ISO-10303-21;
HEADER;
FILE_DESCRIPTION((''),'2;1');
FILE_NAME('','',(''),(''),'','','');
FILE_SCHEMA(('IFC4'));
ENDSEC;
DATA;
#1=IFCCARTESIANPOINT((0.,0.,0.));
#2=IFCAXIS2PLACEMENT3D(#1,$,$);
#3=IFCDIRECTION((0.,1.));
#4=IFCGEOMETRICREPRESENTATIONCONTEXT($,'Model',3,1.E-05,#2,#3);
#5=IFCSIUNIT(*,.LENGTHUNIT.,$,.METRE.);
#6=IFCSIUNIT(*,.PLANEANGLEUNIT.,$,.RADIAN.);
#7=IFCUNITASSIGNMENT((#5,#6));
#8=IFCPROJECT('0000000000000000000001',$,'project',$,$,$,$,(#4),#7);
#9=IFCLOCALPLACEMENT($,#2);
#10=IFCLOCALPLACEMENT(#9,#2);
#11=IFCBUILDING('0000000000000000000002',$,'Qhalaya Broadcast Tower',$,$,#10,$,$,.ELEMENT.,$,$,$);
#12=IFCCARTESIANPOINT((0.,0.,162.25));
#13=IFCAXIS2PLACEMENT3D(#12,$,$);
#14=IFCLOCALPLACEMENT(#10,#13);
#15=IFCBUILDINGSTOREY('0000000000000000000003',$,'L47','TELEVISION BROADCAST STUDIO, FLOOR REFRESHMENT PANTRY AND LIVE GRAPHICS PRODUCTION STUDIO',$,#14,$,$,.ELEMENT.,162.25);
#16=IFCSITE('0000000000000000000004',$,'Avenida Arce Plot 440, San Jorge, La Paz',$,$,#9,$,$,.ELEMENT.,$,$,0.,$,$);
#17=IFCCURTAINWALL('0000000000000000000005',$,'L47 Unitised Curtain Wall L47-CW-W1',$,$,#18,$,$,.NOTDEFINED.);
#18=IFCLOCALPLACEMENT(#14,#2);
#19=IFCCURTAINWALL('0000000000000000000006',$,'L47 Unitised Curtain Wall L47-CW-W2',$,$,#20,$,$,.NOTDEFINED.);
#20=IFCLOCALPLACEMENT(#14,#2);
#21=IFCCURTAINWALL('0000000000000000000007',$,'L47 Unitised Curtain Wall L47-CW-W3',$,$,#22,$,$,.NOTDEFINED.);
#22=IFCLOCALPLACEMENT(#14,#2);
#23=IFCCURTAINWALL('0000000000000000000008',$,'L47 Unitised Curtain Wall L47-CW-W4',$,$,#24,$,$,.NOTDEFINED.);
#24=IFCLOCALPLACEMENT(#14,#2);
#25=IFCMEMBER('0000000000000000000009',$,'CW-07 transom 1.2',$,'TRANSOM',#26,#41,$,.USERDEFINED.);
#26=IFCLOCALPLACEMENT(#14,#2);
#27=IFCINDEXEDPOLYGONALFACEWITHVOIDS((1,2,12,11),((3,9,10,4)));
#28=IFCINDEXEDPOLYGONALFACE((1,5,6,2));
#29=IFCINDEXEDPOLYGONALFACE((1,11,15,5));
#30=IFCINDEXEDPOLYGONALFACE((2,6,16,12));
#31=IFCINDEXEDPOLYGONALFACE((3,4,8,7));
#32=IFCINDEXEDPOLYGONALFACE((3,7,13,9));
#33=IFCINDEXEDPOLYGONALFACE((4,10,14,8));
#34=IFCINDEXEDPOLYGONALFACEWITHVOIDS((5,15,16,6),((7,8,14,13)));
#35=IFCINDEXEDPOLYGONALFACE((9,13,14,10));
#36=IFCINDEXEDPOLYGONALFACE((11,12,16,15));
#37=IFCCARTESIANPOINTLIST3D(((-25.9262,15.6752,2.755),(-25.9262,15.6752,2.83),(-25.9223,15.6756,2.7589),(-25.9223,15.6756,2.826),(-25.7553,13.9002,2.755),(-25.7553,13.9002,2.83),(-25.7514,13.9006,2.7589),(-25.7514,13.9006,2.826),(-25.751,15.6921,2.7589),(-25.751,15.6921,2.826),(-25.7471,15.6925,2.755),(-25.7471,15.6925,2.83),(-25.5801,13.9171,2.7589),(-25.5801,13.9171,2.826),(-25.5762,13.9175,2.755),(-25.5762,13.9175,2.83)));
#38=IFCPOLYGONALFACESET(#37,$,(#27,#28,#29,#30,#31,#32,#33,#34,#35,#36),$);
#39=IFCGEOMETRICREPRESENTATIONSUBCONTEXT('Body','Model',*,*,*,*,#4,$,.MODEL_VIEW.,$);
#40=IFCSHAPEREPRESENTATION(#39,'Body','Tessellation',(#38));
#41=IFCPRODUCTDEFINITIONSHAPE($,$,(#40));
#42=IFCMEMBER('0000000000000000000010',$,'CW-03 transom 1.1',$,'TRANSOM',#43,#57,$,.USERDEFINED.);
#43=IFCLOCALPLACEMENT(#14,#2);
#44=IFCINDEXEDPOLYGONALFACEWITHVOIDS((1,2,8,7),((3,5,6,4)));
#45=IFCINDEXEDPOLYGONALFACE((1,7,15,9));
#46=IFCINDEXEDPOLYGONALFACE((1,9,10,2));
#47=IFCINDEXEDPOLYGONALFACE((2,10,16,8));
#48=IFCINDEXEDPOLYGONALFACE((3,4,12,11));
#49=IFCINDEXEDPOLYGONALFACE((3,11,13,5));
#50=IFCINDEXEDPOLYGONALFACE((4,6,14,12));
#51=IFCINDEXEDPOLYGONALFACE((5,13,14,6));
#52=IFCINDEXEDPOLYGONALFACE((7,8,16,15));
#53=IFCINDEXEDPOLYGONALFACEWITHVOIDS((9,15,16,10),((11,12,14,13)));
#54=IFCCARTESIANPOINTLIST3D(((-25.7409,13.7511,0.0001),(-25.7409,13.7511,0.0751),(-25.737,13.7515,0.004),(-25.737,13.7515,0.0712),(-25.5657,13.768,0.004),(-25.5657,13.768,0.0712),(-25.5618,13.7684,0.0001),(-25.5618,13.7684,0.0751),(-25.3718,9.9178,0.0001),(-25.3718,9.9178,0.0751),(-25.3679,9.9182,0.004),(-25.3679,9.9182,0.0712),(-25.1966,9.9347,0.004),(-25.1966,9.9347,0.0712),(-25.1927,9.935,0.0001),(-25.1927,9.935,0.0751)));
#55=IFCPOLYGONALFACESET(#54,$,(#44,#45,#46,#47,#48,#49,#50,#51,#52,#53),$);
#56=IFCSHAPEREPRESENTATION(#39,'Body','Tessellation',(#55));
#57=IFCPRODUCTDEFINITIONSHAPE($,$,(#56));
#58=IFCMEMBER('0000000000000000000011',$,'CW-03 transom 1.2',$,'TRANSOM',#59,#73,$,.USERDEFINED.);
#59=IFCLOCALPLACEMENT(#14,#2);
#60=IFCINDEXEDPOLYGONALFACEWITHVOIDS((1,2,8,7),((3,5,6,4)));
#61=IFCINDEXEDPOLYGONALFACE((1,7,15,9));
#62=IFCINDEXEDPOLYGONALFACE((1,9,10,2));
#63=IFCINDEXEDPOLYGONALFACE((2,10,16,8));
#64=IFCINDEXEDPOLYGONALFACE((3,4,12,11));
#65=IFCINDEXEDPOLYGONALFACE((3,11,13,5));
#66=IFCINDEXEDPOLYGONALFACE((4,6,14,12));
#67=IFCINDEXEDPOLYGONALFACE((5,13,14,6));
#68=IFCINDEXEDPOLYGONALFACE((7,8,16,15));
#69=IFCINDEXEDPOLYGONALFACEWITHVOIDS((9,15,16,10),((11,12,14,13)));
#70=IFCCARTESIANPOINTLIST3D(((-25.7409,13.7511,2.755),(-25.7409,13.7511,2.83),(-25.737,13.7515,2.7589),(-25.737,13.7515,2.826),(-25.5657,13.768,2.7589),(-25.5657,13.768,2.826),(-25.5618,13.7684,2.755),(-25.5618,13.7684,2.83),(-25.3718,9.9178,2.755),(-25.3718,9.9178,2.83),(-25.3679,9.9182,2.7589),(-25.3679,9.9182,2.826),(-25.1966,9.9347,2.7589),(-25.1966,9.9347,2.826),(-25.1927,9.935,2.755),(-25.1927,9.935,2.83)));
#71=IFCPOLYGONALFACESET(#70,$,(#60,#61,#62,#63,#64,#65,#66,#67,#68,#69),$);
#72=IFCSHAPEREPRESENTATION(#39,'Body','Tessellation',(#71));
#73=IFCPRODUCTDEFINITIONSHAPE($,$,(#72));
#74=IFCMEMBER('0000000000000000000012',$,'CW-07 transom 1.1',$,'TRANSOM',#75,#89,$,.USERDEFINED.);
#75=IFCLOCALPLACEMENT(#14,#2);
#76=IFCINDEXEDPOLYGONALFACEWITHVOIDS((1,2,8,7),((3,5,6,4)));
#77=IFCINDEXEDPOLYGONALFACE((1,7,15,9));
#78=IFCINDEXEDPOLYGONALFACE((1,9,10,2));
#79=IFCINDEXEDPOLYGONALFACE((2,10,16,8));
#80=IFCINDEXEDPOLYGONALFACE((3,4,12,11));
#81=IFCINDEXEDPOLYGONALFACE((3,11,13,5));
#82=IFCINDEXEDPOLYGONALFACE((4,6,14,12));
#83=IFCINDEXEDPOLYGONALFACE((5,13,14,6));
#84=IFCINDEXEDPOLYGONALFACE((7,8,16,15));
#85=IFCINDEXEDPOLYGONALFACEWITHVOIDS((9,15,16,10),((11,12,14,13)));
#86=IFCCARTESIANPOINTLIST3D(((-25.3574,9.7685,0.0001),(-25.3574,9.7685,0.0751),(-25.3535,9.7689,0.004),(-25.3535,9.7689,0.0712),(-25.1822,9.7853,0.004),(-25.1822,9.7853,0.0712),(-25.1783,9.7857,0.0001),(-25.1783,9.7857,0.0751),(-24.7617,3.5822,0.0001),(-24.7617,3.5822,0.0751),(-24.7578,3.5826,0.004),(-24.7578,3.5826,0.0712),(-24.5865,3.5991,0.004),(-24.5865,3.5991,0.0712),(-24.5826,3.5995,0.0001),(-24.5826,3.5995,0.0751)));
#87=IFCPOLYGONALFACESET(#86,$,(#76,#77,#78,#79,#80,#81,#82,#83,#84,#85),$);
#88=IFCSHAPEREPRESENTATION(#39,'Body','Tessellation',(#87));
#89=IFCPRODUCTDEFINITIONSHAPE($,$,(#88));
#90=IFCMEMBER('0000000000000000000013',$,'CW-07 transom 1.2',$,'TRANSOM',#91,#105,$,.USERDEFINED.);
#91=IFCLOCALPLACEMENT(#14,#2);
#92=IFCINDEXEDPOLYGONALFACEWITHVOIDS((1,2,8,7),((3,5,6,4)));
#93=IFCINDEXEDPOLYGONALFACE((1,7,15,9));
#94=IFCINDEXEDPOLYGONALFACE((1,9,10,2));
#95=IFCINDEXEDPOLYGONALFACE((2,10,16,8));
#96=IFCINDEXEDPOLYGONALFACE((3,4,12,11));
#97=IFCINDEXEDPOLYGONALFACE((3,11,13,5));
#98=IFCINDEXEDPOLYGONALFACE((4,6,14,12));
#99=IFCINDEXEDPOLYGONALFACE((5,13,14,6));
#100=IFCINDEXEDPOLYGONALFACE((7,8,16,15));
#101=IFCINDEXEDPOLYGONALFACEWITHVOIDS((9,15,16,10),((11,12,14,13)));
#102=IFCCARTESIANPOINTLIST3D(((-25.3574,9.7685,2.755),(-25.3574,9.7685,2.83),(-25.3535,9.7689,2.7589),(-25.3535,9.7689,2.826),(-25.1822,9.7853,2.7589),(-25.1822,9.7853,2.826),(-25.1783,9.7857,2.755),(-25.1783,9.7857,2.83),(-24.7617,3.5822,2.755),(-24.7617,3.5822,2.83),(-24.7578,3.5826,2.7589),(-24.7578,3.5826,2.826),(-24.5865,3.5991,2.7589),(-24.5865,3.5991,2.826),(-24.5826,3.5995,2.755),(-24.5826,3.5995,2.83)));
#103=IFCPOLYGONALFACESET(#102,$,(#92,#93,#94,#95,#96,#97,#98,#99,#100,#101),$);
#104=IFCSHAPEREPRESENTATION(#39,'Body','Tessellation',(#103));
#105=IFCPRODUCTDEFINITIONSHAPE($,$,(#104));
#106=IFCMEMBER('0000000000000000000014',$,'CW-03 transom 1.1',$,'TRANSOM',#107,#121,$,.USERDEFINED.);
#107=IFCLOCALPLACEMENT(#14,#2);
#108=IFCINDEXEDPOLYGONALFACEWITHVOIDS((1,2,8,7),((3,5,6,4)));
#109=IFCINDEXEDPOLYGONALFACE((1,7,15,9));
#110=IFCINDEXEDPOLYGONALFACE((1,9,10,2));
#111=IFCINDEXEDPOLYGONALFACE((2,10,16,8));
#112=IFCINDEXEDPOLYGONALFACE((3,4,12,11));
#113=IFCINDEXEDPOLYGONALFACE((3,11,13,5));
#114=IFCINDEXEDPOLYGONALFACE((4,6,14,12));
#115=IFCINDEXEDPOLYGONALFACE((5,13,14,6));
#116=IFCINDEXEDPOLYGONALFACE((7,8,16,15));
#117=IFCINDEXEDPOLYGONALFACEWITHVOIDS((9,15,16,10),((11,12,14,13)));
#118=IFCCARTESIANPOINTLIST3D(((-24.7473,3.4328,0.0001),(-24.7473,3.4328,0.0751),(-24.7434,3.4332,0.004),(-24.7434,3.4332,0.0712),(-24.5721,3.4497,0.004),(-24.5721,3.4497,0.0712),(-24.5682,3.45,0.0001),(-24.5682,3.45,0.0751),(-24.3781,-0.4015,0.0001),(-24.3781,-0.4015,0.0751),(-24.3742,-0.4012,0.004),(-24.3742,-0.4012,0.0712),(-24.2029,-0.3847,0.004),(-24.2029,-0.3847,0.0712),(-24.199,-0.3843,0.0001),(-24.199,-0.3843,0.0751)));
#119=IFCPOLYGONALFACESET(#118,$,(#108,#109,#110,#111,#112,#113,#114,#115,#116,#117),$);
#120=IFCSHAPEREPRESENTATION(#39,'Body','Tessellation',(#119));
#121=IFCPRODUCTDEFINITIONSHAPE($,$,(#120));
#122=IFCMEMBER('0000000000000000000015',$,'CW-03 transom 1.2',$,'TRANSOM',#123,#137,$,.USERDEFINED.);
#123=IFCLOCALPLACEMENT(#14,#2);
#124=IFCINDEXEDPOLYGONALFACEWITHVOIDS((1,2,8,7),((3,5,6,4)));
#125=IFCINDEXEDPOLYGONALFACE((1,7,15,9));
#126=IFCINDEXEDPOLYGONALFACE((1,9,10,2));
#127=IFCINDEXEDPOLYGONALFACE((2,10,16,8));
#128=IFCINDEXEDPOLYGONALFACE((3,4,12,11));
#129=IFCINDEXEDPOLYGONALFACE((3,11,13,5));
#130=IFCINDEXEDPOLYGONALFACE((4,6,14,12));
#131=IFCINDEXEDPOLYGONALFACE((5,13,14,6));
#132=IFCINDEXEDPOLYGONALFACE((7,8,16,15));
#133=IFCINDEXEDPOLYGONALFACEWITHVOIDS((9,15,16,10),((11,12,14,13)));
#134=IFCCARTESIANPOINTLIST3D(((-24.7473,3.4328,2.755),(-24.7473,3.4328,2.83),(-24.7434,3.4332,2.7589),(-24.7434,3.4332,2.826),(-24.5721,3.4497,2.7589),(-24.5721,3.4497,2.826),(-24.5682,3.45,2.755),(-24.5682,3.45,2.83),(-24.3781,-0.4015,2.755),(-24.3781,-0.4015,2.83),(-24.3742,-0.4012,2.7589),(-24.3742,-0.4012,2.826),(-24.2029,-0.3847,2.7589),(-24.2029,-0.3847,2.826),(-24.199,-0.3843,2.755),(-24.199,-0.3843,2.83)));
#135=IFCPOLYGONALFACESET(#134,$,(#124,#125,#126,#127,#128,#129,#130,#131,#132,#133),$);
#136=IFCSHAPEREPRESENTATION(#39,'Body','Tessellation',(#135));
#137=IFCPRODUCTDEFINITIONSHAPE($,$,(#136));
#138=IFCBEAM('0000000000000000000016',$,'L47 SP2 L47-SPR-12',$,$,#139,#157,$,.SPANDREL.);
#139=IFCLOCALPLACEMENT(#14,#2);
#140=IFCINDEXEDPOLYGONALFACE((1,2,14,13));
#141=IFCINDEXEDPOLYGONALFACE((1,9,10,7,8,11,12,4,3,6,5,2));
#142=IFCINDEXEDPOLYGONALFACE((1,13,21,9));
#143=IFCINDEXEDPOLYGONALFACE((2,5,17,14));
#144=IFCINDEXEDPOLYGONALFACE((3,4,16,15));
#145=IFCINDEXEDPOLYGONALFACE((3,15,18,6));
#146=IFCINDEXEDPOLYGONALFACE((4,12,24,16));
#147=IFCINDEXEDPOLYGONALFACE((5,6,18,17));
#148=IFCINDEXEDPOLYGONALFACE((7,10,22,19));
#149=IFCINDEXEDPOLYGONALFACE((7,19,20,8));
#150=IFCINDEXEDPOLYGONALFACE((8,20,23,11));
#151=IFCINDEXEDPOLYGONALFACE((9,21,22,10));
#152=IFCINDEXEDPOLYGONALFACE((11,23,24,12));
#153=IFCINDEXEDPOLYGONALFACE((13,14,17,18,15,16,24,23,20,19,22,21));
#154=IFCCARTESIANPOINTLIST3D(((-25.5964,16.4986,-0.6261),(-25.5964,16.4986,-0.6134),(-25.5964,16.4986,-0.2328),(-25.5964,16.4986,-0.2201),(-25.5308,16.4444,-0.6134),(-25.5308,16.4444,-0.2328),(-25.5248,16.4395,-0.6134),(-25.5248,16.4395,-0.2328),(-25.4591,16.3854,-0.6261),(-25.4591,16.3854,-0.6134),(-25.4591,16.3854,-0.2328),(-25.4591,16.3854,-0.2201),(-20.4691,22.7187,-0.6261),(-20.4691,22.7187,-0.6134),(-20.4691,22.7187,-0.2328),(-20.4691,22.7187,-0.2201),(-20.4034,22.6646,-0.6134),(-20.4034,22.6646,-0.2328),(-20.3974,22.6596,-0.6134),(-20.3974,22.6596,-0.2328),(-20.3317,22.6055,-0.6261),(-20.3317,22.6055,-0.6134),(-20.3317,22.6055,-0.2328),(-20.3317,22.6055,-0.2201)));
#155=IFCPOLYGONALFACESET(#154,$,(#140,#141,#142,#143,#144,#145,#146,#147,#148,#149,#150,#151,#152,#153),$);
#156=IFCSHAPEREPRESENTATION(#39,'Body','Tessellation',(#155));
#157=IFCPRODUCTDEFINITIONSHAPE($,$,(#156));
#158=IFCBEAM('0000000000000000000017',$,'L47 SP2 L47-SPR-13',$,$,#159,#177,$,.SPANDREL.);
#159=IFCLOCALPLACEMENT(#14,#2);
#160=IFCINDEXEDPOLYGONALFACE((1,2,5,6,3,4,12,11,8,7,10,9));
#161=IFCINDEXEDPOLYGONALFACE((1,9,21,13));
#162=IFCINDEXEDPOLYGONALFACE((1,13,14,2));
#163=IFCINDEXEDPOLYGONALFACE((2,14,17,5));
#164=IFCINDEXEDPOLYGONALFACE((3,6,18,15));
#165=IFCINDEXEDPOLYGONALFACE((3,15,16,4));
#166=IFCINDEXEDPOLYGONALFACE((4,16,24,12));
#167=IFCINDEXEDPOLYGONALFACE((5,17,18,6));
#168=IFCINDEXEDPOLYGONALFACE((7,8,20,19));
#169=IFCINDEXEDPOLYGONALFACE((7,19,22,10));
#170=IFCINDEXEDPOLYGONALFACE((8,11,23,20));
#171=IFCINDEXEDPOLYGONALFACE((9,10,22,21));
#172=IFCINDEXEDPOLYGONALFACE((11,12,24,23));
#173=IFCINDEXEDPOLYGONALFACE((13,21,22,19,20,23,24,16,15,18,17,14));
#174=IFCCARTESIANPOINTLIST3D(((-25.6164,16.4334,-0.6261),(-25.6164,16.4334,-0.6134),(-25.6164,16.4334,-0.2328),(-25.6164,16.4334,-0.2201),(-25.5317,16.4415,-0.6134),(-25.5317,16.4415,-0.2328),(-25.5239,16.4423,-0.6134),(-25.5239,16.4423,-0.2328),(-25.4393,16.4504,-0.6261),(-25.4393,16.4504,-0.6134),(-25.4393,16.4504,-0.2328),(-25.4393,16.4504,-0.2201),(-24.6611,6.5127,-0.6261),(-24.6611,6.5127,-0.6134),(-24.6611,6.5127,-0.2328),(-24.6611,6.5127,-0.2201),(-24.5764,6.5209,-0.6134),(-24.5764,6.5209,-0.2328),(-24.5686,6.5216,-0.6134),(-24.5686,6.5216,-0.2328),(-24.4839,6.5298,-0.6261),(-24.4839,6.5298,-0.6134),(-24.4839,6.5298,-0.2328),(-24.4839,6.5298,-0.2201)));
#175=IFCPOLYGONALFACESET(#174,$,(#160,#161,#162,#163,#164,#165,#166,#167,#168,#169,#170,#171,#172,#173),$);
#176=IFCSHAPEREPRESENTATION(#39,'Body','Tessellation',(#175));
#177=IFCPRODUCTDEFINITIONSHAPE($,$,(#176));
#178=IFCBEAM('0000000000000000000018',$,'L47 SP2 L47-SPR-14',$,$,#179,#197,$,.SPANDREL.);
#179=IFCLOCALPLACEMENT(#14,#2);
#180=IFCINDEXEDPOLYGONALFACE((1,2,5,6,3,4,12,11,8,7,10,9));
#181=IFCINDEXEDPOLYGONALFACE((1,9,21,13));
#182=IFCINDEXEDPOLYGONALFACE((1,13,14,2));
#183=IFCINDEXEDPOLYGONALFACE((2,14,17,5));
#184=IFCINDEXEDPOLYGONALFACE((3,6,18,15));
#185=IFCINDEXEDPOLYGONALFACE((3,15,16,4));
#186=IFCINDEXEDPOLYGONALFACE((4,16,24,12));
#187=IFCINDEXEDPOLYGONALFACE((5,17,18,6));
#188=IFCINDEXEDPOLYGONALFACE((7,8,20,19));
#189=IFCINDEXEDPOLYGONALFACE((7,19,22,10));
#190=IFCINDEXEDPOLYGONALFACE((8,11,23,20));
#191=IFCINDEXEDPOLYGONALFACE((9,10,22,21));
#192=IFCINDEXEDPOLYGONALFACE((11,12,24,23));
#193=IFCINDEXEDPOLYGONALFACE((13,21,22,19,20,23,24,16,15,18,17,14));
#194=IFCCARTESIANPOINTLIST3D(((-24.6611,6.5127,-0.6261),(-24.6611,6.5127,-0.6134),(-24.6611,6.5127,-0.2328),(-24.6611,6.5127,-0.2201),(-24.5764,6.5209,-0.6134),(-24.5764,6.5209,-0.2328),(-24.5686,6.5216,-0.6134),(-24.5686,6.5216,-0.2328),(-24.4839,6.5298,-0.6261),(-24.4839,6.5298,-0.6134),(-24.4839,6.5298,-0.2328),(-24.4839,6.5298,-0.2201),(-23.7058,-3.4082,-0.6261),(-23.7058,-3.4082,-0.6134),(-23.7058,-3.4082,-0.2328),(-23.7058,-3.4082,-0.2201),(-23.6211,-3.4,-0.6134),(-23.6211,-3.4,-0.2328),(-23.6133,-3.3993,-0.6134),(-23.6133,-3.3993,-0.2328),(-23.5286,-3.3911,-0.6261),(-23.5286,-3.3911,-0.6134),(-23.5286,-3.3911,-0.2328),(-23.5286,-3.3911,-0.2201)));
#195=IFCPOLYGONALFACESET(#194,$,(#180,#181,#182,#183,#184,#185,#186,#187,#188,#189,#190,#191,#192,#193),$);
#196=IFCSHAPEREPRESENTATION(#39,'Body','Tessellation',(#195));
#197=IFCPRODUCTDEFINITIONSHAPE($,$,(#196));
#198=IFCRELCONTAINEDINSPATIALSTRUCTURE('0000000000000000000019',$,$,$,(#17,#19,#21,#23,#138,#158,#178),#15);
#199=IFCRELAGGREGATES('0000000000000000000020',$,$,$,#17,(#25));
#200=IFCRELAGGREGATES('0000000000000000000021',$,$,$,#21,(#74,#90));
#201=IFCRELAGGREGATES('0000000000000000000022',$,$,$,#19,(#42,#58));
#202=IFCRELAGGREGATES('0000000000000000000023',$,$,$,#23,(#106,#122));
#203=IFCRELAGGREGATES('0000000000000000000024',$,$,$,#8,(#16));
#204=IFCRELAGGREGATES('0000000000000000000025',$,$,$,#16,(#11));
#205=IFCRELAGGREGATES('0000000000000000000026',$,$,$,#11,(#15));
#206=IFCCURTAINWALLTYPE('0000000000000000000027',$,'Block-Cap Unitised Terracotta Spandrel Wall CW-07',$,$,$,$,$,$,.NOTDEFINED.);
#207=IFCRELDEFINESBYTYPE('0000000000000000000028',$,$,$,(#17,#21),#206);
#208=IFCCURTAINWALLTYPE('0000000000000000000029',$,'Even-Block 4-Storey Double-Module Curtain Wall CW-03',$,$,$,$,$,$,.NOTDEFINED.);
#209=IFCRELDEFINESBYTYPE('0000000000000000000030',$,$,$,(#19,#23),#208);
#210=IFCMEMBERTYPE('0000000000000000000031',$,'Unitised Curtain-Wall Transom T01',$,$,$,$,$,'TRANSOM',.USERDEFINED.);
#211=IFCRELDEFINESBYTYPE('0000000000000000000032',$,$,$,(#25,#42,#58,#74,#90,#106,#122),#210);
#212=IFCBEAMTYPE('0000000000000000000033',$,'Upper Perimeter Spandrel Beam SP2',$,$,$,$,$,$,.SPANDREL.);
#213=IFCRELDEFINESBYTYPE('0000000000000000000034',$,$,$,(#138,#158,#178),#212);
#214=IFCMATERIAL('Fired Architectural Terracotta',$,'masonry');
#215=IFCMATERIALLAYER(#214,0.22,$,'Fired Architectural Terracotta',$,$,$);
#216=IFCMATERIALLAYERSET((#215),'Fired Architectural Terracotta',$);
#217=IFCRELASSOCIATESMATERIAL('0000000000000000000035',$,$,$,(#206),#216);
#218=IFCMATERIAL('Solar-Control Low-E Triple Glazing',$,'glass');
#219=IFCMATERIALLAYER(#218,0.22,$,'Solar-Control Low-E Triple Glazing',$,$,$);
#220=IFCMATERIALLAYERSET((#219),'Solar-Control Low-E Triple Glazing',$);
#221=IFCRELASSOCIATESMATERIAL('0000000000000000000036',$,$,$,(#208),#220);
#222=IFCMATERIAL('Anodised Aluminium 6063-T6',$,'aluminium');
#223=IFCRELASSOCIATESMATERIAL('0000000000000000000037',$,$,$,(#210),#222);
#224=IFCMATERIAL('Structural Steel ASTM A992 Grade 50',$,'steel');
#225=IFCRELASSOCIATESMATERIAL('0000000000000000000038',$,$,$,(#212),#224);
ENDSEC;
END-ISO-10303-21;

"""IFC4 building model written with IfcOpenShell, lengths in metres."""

from ifc_helpers import new_model, si_unit, direction, frame, origin, origin_2d, place, context, subcontext, project, spatial, hollow_rectangle, i_section, extrude, material, layer, layer_set, material_profile, profile_set, type_object, element, aggregate, save


model = new_model("IFC4")

# Units and contexts
model_context = context("Model", 3, precision=1e-05, world=origin(), true_north=direction((0.0, 1.0)))
body_context = subcontext(model_context, "Body", "Model", "MODEL_VIEW")
ifc_project = project(units=[si_unit("LENGTHUNIT", "METRE"), si_unit("PLANEANGLEUNIT", "RADIAN")], contexts=[model_context])

# Site, building, storey
site_placement = place(None, origin())
site = spatial("IfcSite", under=ifc_project, at=site_placement, Name="Avenida Arce Plot 440, San Jorge, La Paz", CompositionType="ELEMENT", RefElevation=0.0)
building_placement = place(site_placement, origin())
building = spatial("IfcBuilding", under=site, at=building_placement, Name="Qhalaya Broadcast Tower", CompositionType="ELEMENT")
storey_placement = place(building_placement, frame((0.0, 0.0, 162.25)))
storey = spatial("IfcBuildingStorey", under=building, at=storey_placement, Name="L47", Description="TELEVISION BROADCAST STUDIO, FLOOR REFRESHMENT PANTRY AND LIVE GRAPHICS PRODUCTION STUDIO", CompositionType="ELEMENT", Elevation=162.25)

# Shared definitions
ifc_material_1 = material(Name="Structural Steel ASTM A992 Grade 50", Category="steel")

# Shared definitions
ifc_material_2 = material(Name="Fired Architectural Terracotta", Category="masonry")
ifc_layer_1 = layer(ifc_material_2, 0.22, Name="Fired Architectural Terracotta")
ifc_layer_set_1 = layer_set([ifc_layer_1], Name="Fired Architectural Terracotta")
curtain_wall_type_1 = type_object("IfcCurtainWallType", Name="Block-Cap Unitised Terracotta Spandrel Wall CW-07", PredefinedType="NOTDEFINED", material=ifc_layer_set_1)
ifc_material_3 = material(Name="Anodised Aluminium 6063-T6", Category="aluminium")

# Curtain walls
curtain_wall_1_placement = place(storey_placement, origin())
curtain_wall_1 = element("IfcCurtainWall", 1, at=curtain_wall_1_placement, inside=storey, type_object=curtain_wall_type_1, Name="L47 Unitised Curtain Wall L47-CW-W1", PredefinedType="NOTDEFINED")
ifc_material_4 = material(Name="Solar-Control Low-E Triple Glazing", Category="glass")
ifc_layer_2 = layer(ifc_material_4, 0.22, Name="Solar-Control Low-E Triple Glazing")
ifc_layer_set_2 = layer_set([ifc_layer_2], Name="Solar-Control Low-E Triple Glazing")
curtain_wall_type_2 = type_object("IfcCurtainWallType", Name="Even-Block 4-Storey Double-Module Curtain Wall CW-03", PredefinedType="NOTDEFINED", material=ifc_layer_set_2)
curtain_wall_2_placement = place(storey_placement, origin())
curtain_wall_2 = element("IfcCurtainWall", 2, at=curtain_wall_2_placement, inside=storey, type_object=curtain_wall_type_2, Name="L47 Unitised Curtain Wall L47-CW-W2", PredefinedType="NOTDEFINED")
curtain_wall_3_placement = place(storey_placement, origin())
curtain_wall_3 = element("IfcCurtainWall", 3, at=curtain_wall_3_placement, inside=storey, type_object=curtain_wall_type_1, Name="L47 Unitised Curtain Wall L47-CW-W3", PredefinedType="NOTDEFINED")

# Curtain wall
curtain_wall_4_placement = place(storey_placement, origin())
curtain_wall_4 = element("IfcCurtainWall", 4, at=curtain_wall_4_placement, inside=storey, type_object=curtain_wall_type_2, Name="L47 Unitised Curtain Wall L47-CW-W4", PredefinedType="NOTDEFINED")

# Members
ifc_material_profile_1 = material_profile(ifc_material_3, hollow_rectangle(XDim=0.075, YDim=0.1799, WallThickness=0.0039, at=origin_2d()), Name="ALU-TRN 75x180x4")
ifc_profile_set_1 = profile_set([ifc_material_profile_1], Name="Anodised Aluminium 6063-T6")
member_type_1 = type_object("IfcMemberType", Name="Unitised Curtain-Wall Transom T01", ElementType="TRANSOM", PredefinedType="USERDEFINED", material=ifc_profile_set_1)
member_1_placement = place(storey_placement, frame((-25.8367, 15.6838, 2.7925), z_axis=(0.095843, -0.995396, 0.0), x_axis=(0.0, 0.0, 1.0)))
member_1 = element("IfcMember", 5, at=member_1_placement, type_object=member_type_1, Name="CW-07 transom 1.2", ObjectType="TRANSOM", PredefinedType="USERDEFINED", context=body_context, shape_type="SweptSolid", body=[
    extrude(hollow_rectangle(XDim=0.075, YDim=0.1799, WallThickness=0.0039, at=origin_2d()), origin(), (0.0, 0.0, 1.0), 1.7832),
])
member_2_placement = place(storey_placement, frame((-25.6514, 13.7598, 0.0376), z_axis=(0.095856, -0.995395, 0.0), x_axis=(0.0, 0.0, 1.0)))
member_2 = element("IfcMember", 6, at=member_2_placement, type_object=member_type_1, Name="CW-03 transom 1.1", ObjectType="TRANSOM", PredefinedType="USERDEFINED", context=body_context, shape_type="SweptSolid", body=[
    extrude(hollow_rectangle(XDim=0.075, YDim=0.1799, WallThickness=0.0039, at=origin_2d()), origin(), (0.0, 0.0, 1.0), 3.8511),
])
member_3_placement = place(storey_placement, frame((-25.6514, 13.7598, 2.7925), z_axis=(0.095856, -0.995395, 0.0), x_axis=(0.0, 0.0, 1.0)))
member_3 = element("IfcMember", 7, at=member_3_placement, type_object=member_type_1, Name="CW-03 transom 1.2", ObjectType="TRANSOM", PredefinedType="USERDEFINED", context=body_context, shape_type="SweptSolid", body=[
    extrude(hollow_rectangle(XDim=0.075, YDim=0.1799, WallThickness=0.0039, at=origin_2d()), origin(), (0.0, 0.0, 1.0), 3.8511),
])
member_4_placement = place(storey_placement, frame((-25.2678, 9.7771, 0.0376), z_axis=(0.095851, -0.995396, 0.0), x_axis=(0.0, 0.0, 1.0)))
member_4 = element("IfcMember", 8, at=member_4_placement, type_object=member_type_1, Name="CW-07 transom 1.1", ObjectType="TRANSOM", PredefinedType="USERDEFINED", context=body_context, shape_type="SweptSolid", body=[
    extrude(hollow_rectangle(XDim=0.075, YDim=0.1799, WallThickness=0.0039, at=origin_2d()), origin(), (0.0, 0.0, 1.0), 6.2148),
])
member_5_placement = place(storey_placement, frame((-25.2678, 9.7771, 2.7925), z_axis=(0.095851, -0.995396, 0.0), x_axis=(0.0, 0.0, 1.0)))
member_5 = element("IfcMember", 9, at=member_5_placement, type_object=member_type_1, Name="CW-07 transom 1.2", ObjectType="TRANSOM", PredefinedType="USERDEFINED", context=body_context, shape_type="SweptSolid", body=[
    extrude(hollow_rectangle(XDim=0.075, YDim=0.1799, WallThickness=0.0039, at=origin_2d()), origin(), (0.0, 0.0, 1.0), 6.2148),
])
member_6_placement = place(storey_placement, frame((-24.6577, 3.4414, 0.0376), z_axis=(0.095832, -0.995398, 0.0), x_axis=(0.0, 0.0, 1.0)))
member_6 = element("IfcMember", 10, at=member_6_placement, type_object=member_type_1, Name="CW-03 transom 1.1", ObjectType="TRANSOM", PredefinedType="USERDEFINED", context=body_context, shape_type="SweptSolid", body=[
    extrude(hollow_rectangle(XDim=0.075, YDim=0.1799, WallThickness=0.0039, at=origin_2d()), origin(), (0.0, 0.0, 1.0), 3.8521),
])
member_7_placement = place(storey_placement, frame((-24.6577, 3.4414, 2.7925), z_axis=(0.095832, -0.995398, 0.0), x_axis=(0.0, 0.0, 1.0)))
member_7 = element("IfcMember", 11, at=member_7_placement, type_object=member_type_1, Name="CW-03 transom 1.2", ObjectType="TRANSOM", PredefinedType="USERDEFINED", context=body_context, shape_type="SweptSolid", body=[
    extrude(hollow_rectangle(XDim=0.075, YDim=0.1799, WallThickness=0.0039, at=origin_2d()), origin(), (0.0, 0.0, 1.0), 3.8521),
])

# Beams
ifc_material_profile_2 = material_profile(ifc_material_1, i_section(OverallWidth=0.178, OverallDepth=0.406, WebThickness=0.0078, FlangeThickness=0.0127, at=origin_2d()), Name="W16X40")
ifc_profile_set_2 = profile_set([ifc_material_profile_2], Name="Structural Steel ASTM A992 Grade 50")
beam_type_1 = type_object("IfcBeamType", Name="Upper Perimeter Spandrel Beam SP2", PredefinedType="SPANDREL", material=ifc_profile_set_2)
beam_1_placement = place(storey_placement, frame((-20.4004, 22.6621, -0.4231), z_axis=(-0.63607, -0.771631, 0.0), x_axis=(0.771631, -0.63607, 0.0)))
element("IfcBeam", 12, at=beam_1_placement, inside=storey, type_object=beam_type_1, Name="L47 SP2 L47-SPR-12", PredefinedType="SPANDREL", context=body_context, shape_type="SweptSolid", body=[
    extrude(i_section(OverallWidth=0.178, OverallDepth=0.406, WebThickness=0.0078, FlangeThickness=0.0127, at=origin_2d()), origin(), (0.0, 0.0, 1.0), 8.061),
])
beam_2_placement = place(storey_placement, frame((-25.5278, 16.4419, -0.4231), z_axis=(0.095853, -0.995396, 0.0), x_axis=(0.995396, 0.095853, 0.0)))
element("IfcBeam", 13, at=beam_2_placement, inside=storey, type_object=beam_type_1, Name="L47 SP2 L47-SPR-13", PredefinedType="SPANDREL", context=body_context, shape_type="SweptSolid", body=[
    extrude(i_section(OverallWidth=0.178, OverallDepth=0.406, WebThickness=0.0078, FlangeThickness=0.0127, at=origin_2d()), origin(), (0.0, 0.0, 1.0), 9.9666),
])
beam_3_placement = place(storey_placement, frame((-24.5725, 6.5212, -0.4231), z_axis=(0.095851, -0.995396, 0.0), x_axis=(0.995396, 0.095851, 0.0)))
element("IfcBeam", 14, at=beam_3_placement, inside=storey, type_object=beam_type_1, Name="L47 SP2 L47-SPR-14", PredefinedType="SPANDREL", context=body_context, shape_type="SweptSolid", body=[
    extrude(i_section(OverallWidth=0.178, OverallDepth=0.406, WebThickness=0.0078, FlangeThickness=0.0127, at=origin_2d()), origin(), (0.0, 0.0, 1.0), 9.9668),
])

aggregate(curtain_wall_1, [member_1])
aggregate(curtain_wall_3, [member_4, member_5])
aggregate(curtain_wall_2, [member_2, member_3])
aggregate(curtain_wall_4, [member_6, member_7])

save(model, "model.ifc")
